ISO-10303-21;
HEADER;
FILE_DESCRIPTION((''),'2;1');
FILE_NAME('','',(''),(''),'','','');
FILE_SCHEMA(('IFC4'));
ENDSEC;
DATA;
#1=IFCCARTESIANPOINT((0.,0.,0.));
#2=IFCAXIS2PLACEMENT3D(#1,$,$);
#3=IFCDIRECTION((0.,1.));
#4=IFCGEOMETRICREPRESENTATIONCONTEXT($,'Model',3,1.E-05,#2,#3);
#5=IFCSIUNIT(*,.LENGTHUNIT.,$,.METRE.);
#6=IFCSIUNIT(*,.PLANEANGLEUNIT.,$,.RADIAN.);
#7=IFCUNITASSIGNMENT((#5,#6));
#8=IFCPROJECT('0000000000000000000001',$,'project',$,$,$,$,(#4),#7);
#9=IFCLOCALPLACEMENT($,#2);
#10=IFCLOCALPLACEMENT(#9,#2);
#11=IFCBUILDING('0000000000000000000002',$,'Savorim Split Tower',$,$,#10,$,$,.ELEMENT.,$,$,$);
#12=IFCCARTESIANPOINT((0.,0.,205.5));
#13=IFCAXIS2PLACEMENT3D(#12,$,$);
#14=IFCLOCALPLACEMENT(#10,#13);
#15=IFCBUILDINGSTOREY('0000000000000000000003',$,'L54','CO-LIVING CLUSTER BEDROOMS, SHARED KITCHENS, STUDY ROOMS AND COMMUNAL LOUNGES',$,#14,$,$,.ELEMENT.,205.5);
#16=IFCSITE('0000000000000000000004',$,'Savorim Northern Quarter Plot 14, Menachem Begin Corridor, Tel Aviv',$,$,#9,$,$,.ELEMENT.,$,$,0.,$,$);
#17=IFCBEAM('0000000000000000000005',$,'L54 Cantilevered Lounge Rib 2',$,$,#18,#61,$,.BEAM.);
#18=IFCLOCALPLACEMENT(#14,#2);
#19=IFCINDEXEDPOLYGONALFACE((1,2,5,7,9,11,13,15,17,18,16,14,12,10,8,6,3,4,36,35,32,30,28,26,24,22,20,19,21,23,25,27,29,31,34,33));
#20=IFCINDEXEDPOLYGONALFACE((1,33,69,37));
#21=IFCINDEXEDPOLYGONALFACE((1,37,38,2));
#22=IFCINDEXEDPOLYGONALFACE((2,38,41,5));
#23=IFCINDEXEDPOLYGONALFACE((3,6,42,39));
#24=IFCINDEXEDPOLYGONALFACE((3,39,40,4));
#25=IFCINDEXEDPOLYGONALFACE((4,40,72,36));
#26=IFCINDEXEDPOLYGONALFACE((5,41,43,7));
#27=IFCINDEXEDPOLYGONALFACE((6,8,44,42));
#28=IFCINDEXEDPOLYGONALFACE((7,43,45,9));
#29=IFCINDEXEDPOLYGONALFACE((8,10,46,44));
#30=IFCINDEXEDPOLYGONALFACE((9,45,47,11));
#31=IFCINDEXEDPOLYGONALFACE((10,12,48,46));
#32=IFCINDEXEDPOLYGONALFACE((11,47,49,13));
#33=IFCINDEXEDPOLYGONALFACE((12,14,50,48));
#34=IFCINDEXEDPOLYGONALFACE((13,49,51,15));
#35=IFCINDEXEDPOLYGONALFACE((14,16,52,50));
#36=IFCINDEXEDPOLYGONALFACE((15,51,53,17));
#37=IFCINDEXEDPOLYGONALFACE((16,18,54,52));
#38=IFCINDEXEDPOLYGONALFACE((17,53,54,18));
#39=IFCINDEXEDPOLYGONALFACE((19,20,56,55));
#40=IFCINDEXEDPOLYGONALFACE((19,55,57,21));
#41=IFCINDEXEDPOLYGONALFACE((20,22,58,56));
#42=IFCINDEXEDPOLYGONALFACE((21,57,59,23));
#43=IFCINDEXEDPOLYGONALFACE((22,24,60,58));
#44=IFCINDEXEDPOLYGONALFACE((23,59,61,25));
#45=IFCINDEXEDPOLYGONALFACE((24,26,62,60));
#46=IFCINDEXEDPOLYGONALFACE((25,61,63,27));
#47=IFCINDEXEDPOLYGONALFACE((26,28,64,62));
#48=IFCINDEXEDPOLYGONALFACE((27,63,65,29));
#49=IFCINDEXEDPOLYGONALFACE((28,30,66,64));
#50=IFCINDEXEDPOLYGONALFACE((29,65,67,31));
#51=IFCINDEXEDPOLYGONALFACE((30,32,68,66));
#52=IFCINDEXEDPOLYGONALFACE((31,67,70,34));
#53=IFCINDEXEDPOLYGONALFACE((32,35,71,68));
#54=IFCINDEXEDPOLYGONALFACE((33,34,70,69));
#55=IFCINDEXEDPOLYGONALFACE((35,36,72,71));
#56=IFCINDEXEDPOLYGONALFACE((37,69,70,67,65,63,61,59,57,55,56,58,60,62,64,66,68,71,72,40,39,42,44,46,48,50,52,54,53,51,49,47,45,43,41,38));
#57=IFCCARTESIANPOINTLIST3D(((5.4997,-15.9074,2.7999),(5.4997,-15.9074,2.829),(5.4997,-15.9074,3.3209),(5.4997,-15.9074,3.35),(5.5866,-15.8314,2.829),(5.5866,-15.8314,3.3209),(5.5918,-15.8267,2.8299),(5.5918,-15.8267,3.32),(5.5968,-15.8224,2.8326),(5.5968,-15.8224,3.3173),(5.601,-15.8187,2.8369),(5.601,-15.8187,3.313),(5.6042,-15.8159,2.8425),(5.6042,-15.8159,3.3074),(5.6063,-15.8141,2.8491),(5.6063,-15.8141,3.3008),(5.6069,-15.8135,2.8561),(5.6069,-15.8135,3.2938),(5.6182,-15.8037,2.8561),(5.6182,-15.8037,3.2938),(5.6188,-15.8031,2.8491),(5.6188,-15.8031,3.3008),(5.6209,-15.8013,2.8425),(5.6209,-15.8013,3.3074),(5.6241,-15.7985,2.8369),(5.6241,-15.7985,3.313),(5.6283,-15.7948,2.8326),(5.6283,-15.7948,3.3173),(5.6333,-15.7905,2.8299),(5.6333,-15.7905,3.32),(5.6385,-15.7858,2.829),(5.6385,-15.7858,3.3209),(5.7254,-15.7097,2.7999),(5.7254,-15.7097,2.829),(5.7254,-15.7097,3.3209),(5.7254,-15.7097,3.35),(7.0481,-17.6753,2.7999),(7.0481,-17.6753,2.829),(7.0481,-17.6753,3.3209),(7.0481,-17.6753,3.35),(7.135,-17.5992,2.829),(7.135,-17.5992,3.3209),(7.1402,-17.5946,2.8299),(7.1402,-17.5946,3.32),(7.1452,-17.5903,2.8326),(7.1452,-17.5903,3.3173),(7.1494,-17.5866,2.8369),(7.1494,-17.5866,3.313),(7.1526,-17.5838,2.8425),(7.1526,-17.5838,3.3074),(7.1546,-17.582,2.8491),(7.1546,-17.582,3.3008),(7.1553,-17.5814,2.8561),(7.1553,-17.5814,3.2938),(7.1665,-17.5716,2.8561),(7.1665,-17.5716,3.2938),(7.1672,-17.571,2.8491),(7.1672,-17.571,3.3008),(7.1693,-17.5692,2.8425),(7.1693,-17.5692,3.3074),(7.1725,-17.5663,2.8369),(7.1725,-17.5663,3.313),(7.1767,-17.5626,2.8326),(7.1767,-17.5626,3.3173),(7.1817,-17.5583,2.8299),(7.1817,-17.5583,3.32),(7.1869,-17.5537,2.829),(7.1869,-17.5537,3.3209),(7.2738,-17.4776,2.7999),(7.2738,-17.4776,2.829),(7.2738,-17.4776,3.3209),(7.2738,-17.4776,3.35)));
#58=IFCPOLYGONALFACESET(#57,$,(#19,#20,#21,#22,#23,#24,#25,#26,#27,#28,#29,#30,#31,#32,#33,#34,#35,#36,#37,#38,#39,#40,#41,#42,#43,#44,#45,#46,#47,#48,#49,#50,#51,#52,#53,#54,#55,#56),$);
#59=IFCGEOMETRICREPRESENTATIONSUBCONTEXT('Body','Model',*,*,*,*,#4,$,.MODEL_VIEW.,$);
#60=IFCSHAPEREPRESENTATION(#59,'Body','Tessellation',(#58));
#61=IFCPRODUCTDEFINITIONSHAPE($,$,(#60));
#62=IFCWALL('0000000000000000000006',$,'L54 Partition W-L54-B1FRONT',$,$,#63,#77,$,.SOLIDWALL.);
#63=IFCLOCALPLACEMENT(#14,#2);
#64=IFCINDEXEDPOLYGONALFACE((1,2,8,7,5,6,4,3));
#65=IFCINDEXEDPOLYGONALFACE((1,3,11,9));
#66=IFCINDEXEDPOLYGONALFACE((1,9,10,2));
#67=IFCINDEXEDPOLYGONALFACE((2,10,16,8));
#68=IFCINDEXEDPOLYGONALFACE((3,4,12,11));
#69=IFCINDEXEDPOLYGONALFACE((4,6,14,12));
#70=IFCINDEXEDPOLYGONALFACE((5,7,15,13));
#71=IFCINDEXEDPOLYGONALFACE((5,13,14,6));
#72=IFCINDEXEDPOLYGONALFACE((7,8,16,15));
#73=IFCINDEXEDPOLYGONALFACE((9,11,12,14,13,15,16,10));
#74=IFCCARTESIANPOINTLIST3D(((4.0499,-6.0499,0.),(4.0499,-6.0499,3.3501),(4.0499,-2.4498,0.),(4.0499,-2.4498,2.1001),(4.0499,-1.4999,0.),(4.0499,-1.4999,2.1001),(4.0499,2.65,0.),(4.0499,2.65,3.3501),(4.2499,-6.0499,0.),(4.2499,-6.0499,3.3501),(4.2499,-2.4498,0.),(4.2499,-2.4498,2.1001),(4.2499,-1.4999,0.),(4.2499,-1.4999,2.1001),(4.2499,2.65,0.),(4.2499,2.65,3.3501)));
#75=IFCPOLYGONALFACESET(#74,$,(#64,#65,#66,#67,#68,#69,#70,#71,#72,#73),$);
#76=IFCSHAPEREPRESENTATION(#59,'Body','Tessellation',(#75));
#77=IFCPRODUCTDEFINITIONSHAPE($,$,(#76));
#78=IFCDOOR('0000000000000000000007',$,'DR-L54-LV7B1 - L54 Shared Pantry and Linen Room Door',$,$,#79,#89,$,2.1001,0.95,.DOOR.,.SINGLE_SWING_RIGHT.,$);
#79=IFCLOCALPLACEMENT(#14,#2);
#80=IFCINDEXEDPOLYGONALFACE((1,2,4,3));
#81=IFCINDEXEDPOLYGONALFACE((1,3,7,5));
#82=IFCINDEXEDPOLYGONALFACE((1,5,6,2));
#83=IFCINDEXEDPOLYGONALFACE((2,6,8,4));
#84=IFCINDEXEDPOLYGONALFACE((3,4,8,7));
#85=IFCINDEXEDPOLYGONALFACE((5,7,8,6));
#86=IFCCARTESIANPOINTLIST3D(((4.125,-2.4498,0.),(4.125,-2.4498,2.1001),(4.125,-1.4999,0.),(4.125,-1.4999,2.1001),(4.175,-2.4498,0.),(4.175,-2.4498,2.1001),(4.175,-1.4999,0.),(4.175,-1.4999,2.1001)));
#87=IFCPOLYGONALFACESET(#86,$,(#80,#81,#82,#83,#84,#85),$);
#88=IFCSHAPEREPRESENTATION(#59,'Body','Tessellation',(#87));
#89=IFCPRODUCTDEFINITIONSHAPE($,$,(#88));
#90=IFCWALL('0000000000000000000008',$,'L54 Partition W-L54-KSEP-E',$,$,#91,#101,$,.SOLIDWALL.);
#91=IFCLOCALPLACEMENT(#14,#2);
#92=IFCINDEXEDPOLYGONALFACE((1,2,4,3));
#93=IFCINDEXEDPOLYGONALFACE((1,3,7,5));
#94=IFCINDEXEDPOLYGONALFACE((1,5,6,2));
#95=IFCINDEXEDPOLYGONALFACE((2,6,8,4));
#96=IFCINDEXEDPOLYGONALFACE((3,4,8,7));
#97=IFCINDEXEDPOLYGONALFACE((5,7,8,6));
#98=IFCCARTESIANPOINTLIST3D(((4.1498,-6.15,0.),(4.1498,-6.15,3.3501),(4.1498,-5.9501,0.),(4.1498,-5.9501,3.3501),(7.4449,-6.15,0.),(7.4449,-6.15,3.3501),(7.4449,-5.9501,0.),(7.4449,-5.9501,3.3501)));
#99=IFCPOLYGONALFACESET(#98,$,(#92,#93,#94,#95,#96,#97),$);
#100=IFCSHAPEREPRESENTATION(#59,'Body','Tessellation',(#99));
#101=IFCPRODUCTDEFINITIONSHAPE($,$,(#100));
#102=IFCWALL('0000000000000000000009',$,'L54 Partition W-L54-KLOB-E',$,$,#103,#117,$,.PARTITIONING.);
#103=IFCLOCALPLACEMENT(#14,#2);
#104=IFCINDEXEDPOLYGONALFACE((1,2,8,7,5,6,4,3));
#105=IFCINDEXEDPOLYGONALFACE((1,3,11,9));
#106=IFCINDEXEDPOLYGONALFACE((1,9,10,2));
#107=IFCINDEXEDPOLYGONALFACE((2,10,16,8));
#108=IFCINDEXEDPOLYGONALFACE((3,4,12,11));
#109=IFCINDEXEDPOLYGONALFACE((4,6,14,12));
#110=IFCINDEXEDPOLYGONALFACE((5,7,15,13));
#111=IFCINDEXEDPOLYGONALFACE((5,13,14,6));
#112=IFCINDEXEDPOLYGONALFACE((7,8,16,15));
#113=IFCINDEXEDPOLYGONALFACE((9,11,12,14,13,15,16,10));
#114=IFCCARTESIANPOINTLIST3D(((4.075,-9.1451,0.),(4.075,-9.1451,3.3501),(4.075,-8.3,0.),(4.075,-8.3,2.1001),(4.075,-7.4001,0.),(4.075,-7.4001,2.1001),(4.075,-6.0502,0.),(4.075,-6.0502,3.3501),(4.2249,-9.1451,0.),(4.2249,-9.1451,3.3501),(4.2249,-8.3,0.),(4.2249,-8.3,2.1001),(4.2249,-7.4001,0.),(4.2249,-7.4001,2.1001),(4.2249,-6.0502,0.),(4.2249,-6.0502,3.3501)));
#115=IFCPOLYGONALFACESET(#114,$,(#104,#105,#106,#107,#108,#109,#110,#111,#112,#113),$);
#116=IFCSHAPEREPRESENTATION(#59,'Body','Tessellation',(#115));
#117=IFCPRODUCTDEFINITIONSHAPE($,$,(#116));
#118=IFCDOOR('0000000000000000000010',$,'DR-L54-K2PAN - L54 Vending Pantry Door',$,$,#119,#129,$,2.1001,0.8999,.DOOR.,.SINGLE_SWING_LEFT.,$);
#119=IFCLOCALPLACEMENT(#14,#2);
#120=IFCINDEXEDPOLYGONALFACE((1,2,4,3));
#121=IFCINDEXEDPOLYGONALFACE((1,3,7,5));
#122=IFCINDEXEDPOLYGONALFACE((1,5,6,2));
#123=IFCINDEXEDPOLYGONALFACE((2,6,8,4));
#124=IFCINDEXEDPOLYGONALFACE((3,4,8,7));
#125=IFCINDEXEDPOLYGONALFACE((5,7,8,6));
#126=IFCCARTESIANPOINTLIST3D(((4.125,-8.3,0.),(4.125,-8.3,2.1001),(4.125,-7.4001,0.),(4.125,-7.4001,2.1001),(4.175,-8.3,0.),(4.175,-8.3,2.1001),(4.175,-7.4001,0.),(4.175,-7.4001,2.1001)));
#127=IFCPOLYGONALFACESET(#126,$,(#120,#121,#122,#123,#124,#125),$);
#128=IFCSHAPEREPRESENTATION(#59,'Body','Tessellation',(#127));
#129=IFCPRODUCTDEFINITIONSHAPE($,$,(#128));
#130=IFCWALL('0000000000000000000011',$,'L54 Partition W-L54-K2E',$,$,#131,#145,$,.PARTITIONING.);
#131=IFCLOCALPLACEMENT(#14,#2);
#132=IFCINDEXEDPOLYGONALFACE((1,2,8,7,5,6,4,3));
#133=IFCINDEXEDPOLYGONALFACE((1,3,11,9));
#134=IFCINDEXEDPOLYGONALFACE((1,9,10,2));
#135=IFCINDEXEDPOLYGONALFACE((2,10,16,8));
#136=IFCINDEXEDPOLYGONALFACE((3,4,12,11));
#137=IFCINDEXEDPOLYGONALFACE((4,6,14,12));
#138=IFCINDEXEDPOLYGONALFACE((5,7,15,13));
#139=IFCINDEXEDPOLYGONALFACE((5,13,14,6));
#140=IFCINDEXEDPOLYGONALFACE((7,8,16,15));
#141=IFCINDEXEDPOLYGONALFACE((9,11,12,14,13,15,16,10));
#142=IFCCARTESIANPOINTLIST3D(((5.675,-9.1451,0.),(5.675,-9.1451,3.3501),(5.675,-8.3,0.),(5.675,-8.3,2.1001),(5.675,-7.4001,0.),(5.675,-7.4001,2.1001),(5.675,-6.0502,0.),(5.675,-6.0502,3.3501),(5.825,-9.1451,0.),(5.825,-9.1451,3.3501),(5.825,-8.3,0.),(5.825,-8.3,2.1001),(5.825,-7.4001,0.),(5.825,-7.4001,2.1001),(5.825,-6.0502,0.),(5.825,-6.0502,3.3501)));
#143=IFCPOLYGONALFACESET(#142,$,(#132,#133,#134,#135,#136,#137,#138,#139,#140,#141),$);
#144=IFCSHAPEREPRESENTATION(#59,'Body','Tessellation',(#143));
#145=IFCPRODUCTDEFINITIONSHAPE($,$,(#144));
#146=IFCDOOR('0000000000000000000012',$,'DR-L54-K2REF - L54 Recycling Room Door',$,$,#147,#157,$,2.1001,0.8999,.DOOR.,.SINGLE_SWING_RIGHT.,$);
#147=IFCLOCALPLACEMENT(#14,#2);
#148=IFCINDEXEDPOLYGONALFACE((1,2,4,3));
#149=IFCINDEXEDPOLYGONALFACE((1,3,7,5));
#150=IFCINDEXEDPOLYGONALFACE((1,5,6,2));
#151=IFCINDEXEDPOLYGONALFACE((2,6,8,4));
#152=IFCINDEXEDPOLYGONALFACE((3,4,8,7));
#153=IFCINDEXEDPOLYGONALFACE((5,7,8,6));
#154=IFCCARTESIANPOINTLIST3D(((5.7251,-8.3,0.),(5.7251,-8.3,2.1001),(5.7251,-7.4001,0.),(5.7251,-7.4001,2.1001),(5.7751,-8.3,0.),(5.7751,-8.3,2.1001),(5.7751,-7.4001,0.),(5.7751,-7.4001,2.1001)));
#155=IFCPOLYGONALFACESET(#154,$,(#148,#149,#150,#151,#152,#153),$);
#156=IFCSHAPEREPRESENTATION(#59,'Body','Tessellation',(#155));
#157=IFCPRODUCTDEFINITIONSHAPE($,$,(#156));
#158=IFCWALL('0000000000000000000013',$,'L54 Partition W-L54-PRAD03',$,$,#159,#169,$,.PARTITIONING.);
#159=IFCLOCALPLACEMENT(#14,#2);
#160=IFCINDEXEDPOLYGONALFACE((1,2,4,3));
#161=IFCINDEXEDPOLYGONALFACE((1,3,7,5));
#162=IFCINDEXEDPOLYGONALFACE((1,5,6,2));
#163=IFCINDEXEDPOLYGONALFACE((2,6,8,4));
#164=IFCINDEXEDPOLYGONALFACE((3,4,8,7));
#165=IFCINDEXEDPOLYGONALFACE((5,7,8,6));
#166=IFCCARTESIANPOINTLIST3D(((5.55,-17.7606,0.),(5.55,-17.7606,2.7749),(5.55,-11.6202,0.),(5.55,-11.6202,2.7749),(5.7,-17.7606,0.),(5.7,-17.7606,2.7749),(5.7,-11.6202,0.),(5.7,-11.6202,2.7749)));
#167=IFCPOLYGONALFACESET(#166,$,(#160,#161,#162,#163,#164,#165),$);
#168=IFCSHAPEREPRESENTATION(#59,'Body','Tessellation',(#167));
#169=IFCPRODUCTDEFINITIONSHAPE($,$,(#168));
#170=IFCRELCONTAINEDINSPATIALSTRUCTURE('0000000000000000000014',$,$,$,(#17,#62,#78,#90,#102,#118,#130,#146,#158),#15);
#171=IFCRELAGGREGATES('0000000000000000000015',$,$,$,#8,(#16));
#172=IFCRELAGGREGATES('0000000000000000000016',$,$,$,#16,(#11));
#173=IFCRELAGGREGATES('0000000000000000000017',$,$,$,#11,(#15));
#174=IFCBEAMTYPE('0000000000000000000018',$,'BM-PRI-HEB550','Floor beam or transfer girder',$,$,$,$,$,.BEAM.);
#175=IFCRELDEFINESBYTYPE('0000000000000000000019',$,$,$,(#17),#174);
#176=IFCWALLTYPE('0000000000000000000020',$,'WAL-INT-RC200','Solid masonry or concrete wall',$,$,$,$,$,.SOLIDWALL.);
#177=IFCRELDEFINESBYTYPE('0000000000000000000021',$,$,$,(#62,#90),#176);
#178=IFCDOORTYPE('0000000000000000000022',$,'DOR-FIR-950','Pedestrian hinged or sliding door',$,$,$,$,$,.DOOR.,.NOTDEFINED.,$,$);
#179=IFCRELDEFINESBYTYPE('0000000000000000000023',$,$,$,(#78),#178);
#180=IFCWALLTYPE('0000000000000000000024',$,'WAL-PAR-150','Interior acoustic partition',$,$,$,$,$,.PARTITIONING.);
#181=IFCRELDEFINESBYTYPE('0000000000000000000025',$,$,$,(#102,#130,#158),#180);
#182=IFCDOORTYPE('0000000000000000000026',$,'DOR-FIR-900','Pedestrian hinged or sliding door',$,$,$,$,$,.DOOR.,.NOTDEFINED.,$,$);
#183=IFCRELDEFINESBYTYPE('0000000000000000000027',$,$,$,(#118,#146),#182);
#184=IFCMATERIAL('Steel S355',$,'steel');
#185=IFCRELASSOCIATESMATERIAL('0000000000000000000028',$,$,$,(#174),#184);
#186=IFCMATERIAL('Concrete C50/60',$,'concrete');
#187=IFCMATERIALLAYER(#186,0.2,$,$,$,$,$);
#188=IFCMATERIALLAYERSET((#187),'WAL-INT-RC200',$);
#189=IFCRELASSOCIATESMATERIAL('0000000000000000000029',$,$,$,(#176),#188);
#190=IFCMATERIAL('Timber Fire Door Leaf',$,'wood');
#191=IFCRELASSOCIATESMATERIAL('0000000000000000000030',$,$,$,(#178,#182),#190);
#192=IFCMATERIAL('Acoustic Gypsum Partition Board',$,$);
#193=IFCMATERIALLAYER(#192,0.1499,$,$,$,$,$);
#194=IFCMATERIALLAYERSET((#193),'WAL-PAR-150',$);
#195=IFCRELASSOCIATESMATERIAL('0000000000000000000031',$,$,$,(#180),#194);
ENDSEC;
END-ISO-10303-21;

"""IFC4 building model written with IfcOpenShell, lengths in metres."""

from ifc_helpers import new_model, si_unit, direction, frame, frame_2d, origin, origin_2d, place, context, subcontext, project, spatial, rectangle, i_section, extrude, material, layer, layer_set, material_profile, profile_set, type_object, element, fill, save


model = new_model("IFC4")

# Units and contexts
model_context = context("Model", 3, precision=1e-05, world=origin(), true_north=direction((0.0, 1.0)))
body_context = subcontext(model_context, "Body", "Model", "MODEL_VIEW")
ifc_project = project(units=[si_unit("LENGTHUNIT", "METRE"), si_unit("PLANEANGLEUNIT", "RADIAN")], contexts=[model_context])

# Site, building, storey
site_placement = place(None, origin())
site = spatial("IfcSite", under=ifc_project, at=site_placement, Name="Savorim Northern Quarter Plot 14, Menachem Begin Corridor, Tel Aviv", CompositionType="ELEMENT", RefElevation=0.0)
building_placement = place(site_placement, origin())
building = spatial("IfcBuilding", under=site, at=building_placement, Name="Savorim Split Tower", CompositionType="ELEMENT")
storey_placement = place(building_placement, frame((0.0, 0.0, 205.5)))
storey = spatial("IfcBuildingStorey", under=building, at=storey_placement, Name="L54", Description="CO-LIVING CLUSTER BEDROOMS, SHARED KITCHENS, STUDY ROOMS AND COMMUNAL LOUNGES", CompositionType="ELEMENT", Elevation=205.5)

# Beam
ifc_material_1 = material(Name="Steel S355", Category="steel")
ifc_material_profile_1 = material_profile(ifc_material_1, i_section(OverallWidth=0.3, OverallDepth=0.55, WebThickness=0.0149, FlangeThickness=0.0291, FilletRadius=0.0271, at=origin_2d()), Name="HEB 550")
ifc_profile_set_1 = profile_set([ifc_material_profile_1], Name="Steel S355")
beam_type_1 = type_object("IfcBeamType", Name="BM-PRI-HEB550", Description="Floor beam or transfer girder", PredefinedType="BEAM", material=ifc_profile_set_1)
beam_1_placement = place(storey_placement, frame((5.6125, -15.8086, 3.075), z_axis=(0.658865, -0.752261, 0.0), x_axis=(0.752261, 0.658865, 0.0)))
element("IfcBeam", 1, at=beam_1_placement, inside=storey, type_object=beam_type_1, Name="L54 Cantilevered Lounge Rib 2", PredefinedType="BEAM", context=body_context, shape_type="SweptSolid", body=[
    extrude(i_section(OverallWidth=0.3, OverallDepth=0.55, WebThickness=0.0149, FlangeThickness=0.0291, FilletRadius=0.0271, at=origin_2d()), origin(), (0.0, 0.0, 1.0), 2.3501),
])

# Wall, opening, door
ifc_material_2 = material(Name="Concrete C50/60", Category="concrete")
ifc_layer_1 = layer(ifc_material_2, 0.2)
ifc_layer_set_1 = layer_set([ifc_layer_1], Name="WAL-INT-RC200")
wall_type_1 = type_object("IfcWallType", Name="WAL-INT-RC200", Description="Solid masonry or concrete wall", PredefinedType="SOLIDWALL", material=ifc_layer_set_1)
wall_1_placement = place(storey_placement, frame((4.1499, -6.05, 0.0), z_axis=(0.0, 0.0, 1.0), x_axis=(0.0, 1.0, 0.0)))
wall_1 = element("IfcWall", 2, at=wall_1_placement, inside=storey, type_object=wall_type_1, Name="L54 Partition W-L54-B1FRONT", PredefinedType="SOLIDWALL", context=body_context, shape_type="SweptSolid", body=[
    extrude(rectangle(XDim=8.7, YDim=0.2, at=frame_2d((4.3501, 0.0))), origin(), (0.0, 0.0, 1.0), 3.3501),
])
opening_1_placement = place(wall_1_placement, frame((3.6001, 0.0, 0.0)))
opening_1 = element("IfcOpeningElement", 3, at=opening_1_placement, cuts=wall_1, PredefinedType="OPENING", context=body_context, shape_type="SweptSolid", body=[
    extrude(rectangle(XDim=0.95, YDim=2.1001, at=frame_2d((0.4751, 1.05))), frame((0.0, 0.1099, 0.0), z_axis=(0.0, -1.0, 0.0), x_axis=(1.0, 0.0, 0.0)), (0.0, 0.0, 1.0), 0.22),
])
ifc_material_3 = material(Name="Timber Fire Door Leaf", Category="wood")
door_type_1 = type_object("IfcDoorType", Name="DOR-FIR-950", Description="Pedestrian hinged or sliding door", OperationType="NOTDEFINED", PredefinedType="DOOR", material=ifc_material_3)
door_1_placement = place(opening_1_placement, origin())
door_1 = element("IfcDoor", 4, at=door_1_placement, inside=storey, type_object=door_type_1, Name="DR-L54-LV7B1 - L54 Shared Pantry and Linen Room Door", OperationType="SINGLE_SWING_RIGHT", OverallHeight=2.1001, OverallWidth=0.95, PredefinedType="DOOR", context=body_context, shape_type="SweptSolid", body=[
    extrude(rectangle(XDim=0.95, YDim=2.1001, at=frame_2d((0.4751, 1.05))), frame((0.0, 0.0249, 0.0), z_axis=(0.0, -1.0, 0.0), x_axis=(1.0, 0.0, 0.0)), (0.0, 0.0, 1.0), 0.05),
])
fill(opening_1, door_1)

# Wall
wall_2_placement = place(storey_placement, frame((4.1499, -6.05, 0.0), z_axis=(0.0, 0.0, 1.0), x_axis=(1.0, 0.0, 0.0)))
element("IfcWall", 5, at=wall_2_placement, inside=storey, type_object=wall_type_1, Name="L54 Partition W-L54-KSEP-E", PredefinedType="SOLIDWALL", context=body_context, shape_type="SweptSolid", body=[
    extrude(rectangle(XDim=3.2952, YDim=0.2, at=frame_2d((1.6475, 0.0))), origin(), (0.0, 0.0, 1.0), 3.3501),
])

# Walls, openings, doors
ifc_material_4 = material(Name="Acoustic Gypsum Partition Board")
ifc_layer_2 = layer(ifc_material_4, 0.1499)
ifc_layer_set_2 = layer_set([ifc_layer_2], Name="WAL-PAR-150")
wall_type_2 = type_object("IfcWallType", Name="WAL-PAR-150", Description="Interior acoustic partition", PredefinedType="PARTITIONING", material=ifc_layer_set_2)
wall_3_placement = place(storey_placement, frame((4.1499, -9.145, 0.0), z_axis=(0.0, 0.0, 1.0), x_axis=(0.0, 1.0, 0.0)))
wall_3 = element("IfcWall", 6, at=wall_3_placement, inside=storey, type_object=wall_type_2, Name="L54 Partition W-L54-KLOB-E", PredefinedType="PARTITIONING", context=body_context, shape_type="SweptSolid", body=[
    extrude(rectangle(XDim=3.095, YDim=0.1499, at=frame_2d((1.5474, 0.0))), origin(), (0.0, 0.0, 1.0), 3.3501),
])
opening_2_placement = place(wall_3_placement, frame((0.845, 0.0, 0.0)))
opening_2 = element("IfcOpeningElement", 7, at=opening_2_placement, cuts=wall_3, PredefinedType="OPENING", context=body_context, shape_type="SweptSolid", body=[
    extrude(rectangle(XDim=0.8999, YDim=2.1001, at=frame_2d((0.45, 1.05))), frame((0.0, 0.085, 0.0), z_axis=(0.0, -1.0, 0.0), x_axis=(1.0, 0.0, 0.0)), (0.0, 0.0, 1.0), 0.1699),
])
door_type_2 = type_object("IfcDoorType", Name="DOR-FIR-900", Description="Pedestrian hinged or sliding door", OperationType="NOTDEFINED", PredefinedType="DOOR", material=ifc_material_3)
door_2_placement = place(opening_2_placement, origin())
door_2 = element("IfcDoor", 8, at=door_2_placement, inside=storey, type_object=door_type_2, Name="DR-L54-K2PAN - L54 Vending Pantry Door", OperationType="SINGLE_SWING_LEFT", OverallHeight=2.1001, OverallWidth=0.8999, PredefinedType="DOOR", context=body_context, shape_type="SweptSolid", body=[
    extrude(rectangle(XDim=0.8999, YDim=2.1001, at=frame_2d((0.45, 1.05))), frame((0.0, 0.0249, 0.0), z_axis=(0.0, -1.0, 0.0), x_axis=(1.0, 0.0, 0.0)), (0.0, 0.0, 1.0), 0.05),
])
fill(opening_2, door_2)
wall_4_placement = place(storey_placement, frame((5.75, -9.145, 0.0), z_axis=(0.0, 0.0, 1.0), x_axis=(0.0, 1.0, 0.0)))
wall_4 = element("IfcWall", 9, at=wall_4_placement, inside=storey, type_object=wall_type_2, Name="L54 Partition W-L54-K2E", PredefinedType="PARTITIONING", context=body_context, shape_type="SweptSolid", body=[
    extrude(rectangle(XDim=3.095, YDim=0.1499, at=frame_2d((1.5474, 0.0))), origin(), (0.0, 0.0, 1.0), 3.3501),
])
opening_3_placement = place(wall_4_placement, frame((0.845, 0.0, 0.0)))
opening_3 = element("IfcOpeningElement", 10, at=opening_3_placement, cuts=wall_4, PredefinedType="OPENING", context=body_context, shape_type="SweptSolid", body=[
    extrude(rectangle(XDim=0.8999, YDim=2.1001, at=frame_2d((0.45, 1.05))), frame((0.0, 0.085, 0.0), z_axis=(0.0, -1.0, 0.0), x_axis=(1.0, 0.0, 0.0)), (0.0, 0.0, 1.0), 0.1699),
])
door_3_placement = place(opening_3_placement, origin())
door_3 = element("IfcDoor", 11, at=door_3_placement, inside=storey, type_object=door_type_2, Name="DR-L54-K2REF - L54 Recycling Room Door", OperationType="SINGLE_SWING_RIGHT", OverallHeight=2.1001, OverallWidth=0.8999, PredefinedType="DOOR", context=body_context, shape_type="SweptSolid", body=[
    extrude(rectangle(XDim=0.8999, YDim=2.1001, at=frame_2d((0.45, 1.05))), frame((0.0, 0.0249, 0.0), z_axis=(0.0, -1.0, 0.0), x_axis=(1.0, 0.0, 0.0)), (0.0, 0.0, 1.0), 0.05),
])
fill(opening_3, door_3)

# Wall
wall_5_placement = place(storey_placement, frame((5.625, -11.6201, 0.0), z_axis=(0.0, 0.0, 1.0), x_axis=(0.0, -1.0, 0.0)))
element("IfcWall", 12, at=wall_5_placement, inside=storey, type_object=wall_type_2, Name="L54 Partition W-L54-PRAD03", PredefinedType="PARTITIONING", context=body_context, shape_type="SweptSolid", body=[
    extrude(rectangle(XDim=6.1404, YDim=0.1499, at=frame_2d((3.0703, 0.0))), origin(), (0.0, 0.0, 1.0), 2.7749),
])

save(model, "model.ifc")
